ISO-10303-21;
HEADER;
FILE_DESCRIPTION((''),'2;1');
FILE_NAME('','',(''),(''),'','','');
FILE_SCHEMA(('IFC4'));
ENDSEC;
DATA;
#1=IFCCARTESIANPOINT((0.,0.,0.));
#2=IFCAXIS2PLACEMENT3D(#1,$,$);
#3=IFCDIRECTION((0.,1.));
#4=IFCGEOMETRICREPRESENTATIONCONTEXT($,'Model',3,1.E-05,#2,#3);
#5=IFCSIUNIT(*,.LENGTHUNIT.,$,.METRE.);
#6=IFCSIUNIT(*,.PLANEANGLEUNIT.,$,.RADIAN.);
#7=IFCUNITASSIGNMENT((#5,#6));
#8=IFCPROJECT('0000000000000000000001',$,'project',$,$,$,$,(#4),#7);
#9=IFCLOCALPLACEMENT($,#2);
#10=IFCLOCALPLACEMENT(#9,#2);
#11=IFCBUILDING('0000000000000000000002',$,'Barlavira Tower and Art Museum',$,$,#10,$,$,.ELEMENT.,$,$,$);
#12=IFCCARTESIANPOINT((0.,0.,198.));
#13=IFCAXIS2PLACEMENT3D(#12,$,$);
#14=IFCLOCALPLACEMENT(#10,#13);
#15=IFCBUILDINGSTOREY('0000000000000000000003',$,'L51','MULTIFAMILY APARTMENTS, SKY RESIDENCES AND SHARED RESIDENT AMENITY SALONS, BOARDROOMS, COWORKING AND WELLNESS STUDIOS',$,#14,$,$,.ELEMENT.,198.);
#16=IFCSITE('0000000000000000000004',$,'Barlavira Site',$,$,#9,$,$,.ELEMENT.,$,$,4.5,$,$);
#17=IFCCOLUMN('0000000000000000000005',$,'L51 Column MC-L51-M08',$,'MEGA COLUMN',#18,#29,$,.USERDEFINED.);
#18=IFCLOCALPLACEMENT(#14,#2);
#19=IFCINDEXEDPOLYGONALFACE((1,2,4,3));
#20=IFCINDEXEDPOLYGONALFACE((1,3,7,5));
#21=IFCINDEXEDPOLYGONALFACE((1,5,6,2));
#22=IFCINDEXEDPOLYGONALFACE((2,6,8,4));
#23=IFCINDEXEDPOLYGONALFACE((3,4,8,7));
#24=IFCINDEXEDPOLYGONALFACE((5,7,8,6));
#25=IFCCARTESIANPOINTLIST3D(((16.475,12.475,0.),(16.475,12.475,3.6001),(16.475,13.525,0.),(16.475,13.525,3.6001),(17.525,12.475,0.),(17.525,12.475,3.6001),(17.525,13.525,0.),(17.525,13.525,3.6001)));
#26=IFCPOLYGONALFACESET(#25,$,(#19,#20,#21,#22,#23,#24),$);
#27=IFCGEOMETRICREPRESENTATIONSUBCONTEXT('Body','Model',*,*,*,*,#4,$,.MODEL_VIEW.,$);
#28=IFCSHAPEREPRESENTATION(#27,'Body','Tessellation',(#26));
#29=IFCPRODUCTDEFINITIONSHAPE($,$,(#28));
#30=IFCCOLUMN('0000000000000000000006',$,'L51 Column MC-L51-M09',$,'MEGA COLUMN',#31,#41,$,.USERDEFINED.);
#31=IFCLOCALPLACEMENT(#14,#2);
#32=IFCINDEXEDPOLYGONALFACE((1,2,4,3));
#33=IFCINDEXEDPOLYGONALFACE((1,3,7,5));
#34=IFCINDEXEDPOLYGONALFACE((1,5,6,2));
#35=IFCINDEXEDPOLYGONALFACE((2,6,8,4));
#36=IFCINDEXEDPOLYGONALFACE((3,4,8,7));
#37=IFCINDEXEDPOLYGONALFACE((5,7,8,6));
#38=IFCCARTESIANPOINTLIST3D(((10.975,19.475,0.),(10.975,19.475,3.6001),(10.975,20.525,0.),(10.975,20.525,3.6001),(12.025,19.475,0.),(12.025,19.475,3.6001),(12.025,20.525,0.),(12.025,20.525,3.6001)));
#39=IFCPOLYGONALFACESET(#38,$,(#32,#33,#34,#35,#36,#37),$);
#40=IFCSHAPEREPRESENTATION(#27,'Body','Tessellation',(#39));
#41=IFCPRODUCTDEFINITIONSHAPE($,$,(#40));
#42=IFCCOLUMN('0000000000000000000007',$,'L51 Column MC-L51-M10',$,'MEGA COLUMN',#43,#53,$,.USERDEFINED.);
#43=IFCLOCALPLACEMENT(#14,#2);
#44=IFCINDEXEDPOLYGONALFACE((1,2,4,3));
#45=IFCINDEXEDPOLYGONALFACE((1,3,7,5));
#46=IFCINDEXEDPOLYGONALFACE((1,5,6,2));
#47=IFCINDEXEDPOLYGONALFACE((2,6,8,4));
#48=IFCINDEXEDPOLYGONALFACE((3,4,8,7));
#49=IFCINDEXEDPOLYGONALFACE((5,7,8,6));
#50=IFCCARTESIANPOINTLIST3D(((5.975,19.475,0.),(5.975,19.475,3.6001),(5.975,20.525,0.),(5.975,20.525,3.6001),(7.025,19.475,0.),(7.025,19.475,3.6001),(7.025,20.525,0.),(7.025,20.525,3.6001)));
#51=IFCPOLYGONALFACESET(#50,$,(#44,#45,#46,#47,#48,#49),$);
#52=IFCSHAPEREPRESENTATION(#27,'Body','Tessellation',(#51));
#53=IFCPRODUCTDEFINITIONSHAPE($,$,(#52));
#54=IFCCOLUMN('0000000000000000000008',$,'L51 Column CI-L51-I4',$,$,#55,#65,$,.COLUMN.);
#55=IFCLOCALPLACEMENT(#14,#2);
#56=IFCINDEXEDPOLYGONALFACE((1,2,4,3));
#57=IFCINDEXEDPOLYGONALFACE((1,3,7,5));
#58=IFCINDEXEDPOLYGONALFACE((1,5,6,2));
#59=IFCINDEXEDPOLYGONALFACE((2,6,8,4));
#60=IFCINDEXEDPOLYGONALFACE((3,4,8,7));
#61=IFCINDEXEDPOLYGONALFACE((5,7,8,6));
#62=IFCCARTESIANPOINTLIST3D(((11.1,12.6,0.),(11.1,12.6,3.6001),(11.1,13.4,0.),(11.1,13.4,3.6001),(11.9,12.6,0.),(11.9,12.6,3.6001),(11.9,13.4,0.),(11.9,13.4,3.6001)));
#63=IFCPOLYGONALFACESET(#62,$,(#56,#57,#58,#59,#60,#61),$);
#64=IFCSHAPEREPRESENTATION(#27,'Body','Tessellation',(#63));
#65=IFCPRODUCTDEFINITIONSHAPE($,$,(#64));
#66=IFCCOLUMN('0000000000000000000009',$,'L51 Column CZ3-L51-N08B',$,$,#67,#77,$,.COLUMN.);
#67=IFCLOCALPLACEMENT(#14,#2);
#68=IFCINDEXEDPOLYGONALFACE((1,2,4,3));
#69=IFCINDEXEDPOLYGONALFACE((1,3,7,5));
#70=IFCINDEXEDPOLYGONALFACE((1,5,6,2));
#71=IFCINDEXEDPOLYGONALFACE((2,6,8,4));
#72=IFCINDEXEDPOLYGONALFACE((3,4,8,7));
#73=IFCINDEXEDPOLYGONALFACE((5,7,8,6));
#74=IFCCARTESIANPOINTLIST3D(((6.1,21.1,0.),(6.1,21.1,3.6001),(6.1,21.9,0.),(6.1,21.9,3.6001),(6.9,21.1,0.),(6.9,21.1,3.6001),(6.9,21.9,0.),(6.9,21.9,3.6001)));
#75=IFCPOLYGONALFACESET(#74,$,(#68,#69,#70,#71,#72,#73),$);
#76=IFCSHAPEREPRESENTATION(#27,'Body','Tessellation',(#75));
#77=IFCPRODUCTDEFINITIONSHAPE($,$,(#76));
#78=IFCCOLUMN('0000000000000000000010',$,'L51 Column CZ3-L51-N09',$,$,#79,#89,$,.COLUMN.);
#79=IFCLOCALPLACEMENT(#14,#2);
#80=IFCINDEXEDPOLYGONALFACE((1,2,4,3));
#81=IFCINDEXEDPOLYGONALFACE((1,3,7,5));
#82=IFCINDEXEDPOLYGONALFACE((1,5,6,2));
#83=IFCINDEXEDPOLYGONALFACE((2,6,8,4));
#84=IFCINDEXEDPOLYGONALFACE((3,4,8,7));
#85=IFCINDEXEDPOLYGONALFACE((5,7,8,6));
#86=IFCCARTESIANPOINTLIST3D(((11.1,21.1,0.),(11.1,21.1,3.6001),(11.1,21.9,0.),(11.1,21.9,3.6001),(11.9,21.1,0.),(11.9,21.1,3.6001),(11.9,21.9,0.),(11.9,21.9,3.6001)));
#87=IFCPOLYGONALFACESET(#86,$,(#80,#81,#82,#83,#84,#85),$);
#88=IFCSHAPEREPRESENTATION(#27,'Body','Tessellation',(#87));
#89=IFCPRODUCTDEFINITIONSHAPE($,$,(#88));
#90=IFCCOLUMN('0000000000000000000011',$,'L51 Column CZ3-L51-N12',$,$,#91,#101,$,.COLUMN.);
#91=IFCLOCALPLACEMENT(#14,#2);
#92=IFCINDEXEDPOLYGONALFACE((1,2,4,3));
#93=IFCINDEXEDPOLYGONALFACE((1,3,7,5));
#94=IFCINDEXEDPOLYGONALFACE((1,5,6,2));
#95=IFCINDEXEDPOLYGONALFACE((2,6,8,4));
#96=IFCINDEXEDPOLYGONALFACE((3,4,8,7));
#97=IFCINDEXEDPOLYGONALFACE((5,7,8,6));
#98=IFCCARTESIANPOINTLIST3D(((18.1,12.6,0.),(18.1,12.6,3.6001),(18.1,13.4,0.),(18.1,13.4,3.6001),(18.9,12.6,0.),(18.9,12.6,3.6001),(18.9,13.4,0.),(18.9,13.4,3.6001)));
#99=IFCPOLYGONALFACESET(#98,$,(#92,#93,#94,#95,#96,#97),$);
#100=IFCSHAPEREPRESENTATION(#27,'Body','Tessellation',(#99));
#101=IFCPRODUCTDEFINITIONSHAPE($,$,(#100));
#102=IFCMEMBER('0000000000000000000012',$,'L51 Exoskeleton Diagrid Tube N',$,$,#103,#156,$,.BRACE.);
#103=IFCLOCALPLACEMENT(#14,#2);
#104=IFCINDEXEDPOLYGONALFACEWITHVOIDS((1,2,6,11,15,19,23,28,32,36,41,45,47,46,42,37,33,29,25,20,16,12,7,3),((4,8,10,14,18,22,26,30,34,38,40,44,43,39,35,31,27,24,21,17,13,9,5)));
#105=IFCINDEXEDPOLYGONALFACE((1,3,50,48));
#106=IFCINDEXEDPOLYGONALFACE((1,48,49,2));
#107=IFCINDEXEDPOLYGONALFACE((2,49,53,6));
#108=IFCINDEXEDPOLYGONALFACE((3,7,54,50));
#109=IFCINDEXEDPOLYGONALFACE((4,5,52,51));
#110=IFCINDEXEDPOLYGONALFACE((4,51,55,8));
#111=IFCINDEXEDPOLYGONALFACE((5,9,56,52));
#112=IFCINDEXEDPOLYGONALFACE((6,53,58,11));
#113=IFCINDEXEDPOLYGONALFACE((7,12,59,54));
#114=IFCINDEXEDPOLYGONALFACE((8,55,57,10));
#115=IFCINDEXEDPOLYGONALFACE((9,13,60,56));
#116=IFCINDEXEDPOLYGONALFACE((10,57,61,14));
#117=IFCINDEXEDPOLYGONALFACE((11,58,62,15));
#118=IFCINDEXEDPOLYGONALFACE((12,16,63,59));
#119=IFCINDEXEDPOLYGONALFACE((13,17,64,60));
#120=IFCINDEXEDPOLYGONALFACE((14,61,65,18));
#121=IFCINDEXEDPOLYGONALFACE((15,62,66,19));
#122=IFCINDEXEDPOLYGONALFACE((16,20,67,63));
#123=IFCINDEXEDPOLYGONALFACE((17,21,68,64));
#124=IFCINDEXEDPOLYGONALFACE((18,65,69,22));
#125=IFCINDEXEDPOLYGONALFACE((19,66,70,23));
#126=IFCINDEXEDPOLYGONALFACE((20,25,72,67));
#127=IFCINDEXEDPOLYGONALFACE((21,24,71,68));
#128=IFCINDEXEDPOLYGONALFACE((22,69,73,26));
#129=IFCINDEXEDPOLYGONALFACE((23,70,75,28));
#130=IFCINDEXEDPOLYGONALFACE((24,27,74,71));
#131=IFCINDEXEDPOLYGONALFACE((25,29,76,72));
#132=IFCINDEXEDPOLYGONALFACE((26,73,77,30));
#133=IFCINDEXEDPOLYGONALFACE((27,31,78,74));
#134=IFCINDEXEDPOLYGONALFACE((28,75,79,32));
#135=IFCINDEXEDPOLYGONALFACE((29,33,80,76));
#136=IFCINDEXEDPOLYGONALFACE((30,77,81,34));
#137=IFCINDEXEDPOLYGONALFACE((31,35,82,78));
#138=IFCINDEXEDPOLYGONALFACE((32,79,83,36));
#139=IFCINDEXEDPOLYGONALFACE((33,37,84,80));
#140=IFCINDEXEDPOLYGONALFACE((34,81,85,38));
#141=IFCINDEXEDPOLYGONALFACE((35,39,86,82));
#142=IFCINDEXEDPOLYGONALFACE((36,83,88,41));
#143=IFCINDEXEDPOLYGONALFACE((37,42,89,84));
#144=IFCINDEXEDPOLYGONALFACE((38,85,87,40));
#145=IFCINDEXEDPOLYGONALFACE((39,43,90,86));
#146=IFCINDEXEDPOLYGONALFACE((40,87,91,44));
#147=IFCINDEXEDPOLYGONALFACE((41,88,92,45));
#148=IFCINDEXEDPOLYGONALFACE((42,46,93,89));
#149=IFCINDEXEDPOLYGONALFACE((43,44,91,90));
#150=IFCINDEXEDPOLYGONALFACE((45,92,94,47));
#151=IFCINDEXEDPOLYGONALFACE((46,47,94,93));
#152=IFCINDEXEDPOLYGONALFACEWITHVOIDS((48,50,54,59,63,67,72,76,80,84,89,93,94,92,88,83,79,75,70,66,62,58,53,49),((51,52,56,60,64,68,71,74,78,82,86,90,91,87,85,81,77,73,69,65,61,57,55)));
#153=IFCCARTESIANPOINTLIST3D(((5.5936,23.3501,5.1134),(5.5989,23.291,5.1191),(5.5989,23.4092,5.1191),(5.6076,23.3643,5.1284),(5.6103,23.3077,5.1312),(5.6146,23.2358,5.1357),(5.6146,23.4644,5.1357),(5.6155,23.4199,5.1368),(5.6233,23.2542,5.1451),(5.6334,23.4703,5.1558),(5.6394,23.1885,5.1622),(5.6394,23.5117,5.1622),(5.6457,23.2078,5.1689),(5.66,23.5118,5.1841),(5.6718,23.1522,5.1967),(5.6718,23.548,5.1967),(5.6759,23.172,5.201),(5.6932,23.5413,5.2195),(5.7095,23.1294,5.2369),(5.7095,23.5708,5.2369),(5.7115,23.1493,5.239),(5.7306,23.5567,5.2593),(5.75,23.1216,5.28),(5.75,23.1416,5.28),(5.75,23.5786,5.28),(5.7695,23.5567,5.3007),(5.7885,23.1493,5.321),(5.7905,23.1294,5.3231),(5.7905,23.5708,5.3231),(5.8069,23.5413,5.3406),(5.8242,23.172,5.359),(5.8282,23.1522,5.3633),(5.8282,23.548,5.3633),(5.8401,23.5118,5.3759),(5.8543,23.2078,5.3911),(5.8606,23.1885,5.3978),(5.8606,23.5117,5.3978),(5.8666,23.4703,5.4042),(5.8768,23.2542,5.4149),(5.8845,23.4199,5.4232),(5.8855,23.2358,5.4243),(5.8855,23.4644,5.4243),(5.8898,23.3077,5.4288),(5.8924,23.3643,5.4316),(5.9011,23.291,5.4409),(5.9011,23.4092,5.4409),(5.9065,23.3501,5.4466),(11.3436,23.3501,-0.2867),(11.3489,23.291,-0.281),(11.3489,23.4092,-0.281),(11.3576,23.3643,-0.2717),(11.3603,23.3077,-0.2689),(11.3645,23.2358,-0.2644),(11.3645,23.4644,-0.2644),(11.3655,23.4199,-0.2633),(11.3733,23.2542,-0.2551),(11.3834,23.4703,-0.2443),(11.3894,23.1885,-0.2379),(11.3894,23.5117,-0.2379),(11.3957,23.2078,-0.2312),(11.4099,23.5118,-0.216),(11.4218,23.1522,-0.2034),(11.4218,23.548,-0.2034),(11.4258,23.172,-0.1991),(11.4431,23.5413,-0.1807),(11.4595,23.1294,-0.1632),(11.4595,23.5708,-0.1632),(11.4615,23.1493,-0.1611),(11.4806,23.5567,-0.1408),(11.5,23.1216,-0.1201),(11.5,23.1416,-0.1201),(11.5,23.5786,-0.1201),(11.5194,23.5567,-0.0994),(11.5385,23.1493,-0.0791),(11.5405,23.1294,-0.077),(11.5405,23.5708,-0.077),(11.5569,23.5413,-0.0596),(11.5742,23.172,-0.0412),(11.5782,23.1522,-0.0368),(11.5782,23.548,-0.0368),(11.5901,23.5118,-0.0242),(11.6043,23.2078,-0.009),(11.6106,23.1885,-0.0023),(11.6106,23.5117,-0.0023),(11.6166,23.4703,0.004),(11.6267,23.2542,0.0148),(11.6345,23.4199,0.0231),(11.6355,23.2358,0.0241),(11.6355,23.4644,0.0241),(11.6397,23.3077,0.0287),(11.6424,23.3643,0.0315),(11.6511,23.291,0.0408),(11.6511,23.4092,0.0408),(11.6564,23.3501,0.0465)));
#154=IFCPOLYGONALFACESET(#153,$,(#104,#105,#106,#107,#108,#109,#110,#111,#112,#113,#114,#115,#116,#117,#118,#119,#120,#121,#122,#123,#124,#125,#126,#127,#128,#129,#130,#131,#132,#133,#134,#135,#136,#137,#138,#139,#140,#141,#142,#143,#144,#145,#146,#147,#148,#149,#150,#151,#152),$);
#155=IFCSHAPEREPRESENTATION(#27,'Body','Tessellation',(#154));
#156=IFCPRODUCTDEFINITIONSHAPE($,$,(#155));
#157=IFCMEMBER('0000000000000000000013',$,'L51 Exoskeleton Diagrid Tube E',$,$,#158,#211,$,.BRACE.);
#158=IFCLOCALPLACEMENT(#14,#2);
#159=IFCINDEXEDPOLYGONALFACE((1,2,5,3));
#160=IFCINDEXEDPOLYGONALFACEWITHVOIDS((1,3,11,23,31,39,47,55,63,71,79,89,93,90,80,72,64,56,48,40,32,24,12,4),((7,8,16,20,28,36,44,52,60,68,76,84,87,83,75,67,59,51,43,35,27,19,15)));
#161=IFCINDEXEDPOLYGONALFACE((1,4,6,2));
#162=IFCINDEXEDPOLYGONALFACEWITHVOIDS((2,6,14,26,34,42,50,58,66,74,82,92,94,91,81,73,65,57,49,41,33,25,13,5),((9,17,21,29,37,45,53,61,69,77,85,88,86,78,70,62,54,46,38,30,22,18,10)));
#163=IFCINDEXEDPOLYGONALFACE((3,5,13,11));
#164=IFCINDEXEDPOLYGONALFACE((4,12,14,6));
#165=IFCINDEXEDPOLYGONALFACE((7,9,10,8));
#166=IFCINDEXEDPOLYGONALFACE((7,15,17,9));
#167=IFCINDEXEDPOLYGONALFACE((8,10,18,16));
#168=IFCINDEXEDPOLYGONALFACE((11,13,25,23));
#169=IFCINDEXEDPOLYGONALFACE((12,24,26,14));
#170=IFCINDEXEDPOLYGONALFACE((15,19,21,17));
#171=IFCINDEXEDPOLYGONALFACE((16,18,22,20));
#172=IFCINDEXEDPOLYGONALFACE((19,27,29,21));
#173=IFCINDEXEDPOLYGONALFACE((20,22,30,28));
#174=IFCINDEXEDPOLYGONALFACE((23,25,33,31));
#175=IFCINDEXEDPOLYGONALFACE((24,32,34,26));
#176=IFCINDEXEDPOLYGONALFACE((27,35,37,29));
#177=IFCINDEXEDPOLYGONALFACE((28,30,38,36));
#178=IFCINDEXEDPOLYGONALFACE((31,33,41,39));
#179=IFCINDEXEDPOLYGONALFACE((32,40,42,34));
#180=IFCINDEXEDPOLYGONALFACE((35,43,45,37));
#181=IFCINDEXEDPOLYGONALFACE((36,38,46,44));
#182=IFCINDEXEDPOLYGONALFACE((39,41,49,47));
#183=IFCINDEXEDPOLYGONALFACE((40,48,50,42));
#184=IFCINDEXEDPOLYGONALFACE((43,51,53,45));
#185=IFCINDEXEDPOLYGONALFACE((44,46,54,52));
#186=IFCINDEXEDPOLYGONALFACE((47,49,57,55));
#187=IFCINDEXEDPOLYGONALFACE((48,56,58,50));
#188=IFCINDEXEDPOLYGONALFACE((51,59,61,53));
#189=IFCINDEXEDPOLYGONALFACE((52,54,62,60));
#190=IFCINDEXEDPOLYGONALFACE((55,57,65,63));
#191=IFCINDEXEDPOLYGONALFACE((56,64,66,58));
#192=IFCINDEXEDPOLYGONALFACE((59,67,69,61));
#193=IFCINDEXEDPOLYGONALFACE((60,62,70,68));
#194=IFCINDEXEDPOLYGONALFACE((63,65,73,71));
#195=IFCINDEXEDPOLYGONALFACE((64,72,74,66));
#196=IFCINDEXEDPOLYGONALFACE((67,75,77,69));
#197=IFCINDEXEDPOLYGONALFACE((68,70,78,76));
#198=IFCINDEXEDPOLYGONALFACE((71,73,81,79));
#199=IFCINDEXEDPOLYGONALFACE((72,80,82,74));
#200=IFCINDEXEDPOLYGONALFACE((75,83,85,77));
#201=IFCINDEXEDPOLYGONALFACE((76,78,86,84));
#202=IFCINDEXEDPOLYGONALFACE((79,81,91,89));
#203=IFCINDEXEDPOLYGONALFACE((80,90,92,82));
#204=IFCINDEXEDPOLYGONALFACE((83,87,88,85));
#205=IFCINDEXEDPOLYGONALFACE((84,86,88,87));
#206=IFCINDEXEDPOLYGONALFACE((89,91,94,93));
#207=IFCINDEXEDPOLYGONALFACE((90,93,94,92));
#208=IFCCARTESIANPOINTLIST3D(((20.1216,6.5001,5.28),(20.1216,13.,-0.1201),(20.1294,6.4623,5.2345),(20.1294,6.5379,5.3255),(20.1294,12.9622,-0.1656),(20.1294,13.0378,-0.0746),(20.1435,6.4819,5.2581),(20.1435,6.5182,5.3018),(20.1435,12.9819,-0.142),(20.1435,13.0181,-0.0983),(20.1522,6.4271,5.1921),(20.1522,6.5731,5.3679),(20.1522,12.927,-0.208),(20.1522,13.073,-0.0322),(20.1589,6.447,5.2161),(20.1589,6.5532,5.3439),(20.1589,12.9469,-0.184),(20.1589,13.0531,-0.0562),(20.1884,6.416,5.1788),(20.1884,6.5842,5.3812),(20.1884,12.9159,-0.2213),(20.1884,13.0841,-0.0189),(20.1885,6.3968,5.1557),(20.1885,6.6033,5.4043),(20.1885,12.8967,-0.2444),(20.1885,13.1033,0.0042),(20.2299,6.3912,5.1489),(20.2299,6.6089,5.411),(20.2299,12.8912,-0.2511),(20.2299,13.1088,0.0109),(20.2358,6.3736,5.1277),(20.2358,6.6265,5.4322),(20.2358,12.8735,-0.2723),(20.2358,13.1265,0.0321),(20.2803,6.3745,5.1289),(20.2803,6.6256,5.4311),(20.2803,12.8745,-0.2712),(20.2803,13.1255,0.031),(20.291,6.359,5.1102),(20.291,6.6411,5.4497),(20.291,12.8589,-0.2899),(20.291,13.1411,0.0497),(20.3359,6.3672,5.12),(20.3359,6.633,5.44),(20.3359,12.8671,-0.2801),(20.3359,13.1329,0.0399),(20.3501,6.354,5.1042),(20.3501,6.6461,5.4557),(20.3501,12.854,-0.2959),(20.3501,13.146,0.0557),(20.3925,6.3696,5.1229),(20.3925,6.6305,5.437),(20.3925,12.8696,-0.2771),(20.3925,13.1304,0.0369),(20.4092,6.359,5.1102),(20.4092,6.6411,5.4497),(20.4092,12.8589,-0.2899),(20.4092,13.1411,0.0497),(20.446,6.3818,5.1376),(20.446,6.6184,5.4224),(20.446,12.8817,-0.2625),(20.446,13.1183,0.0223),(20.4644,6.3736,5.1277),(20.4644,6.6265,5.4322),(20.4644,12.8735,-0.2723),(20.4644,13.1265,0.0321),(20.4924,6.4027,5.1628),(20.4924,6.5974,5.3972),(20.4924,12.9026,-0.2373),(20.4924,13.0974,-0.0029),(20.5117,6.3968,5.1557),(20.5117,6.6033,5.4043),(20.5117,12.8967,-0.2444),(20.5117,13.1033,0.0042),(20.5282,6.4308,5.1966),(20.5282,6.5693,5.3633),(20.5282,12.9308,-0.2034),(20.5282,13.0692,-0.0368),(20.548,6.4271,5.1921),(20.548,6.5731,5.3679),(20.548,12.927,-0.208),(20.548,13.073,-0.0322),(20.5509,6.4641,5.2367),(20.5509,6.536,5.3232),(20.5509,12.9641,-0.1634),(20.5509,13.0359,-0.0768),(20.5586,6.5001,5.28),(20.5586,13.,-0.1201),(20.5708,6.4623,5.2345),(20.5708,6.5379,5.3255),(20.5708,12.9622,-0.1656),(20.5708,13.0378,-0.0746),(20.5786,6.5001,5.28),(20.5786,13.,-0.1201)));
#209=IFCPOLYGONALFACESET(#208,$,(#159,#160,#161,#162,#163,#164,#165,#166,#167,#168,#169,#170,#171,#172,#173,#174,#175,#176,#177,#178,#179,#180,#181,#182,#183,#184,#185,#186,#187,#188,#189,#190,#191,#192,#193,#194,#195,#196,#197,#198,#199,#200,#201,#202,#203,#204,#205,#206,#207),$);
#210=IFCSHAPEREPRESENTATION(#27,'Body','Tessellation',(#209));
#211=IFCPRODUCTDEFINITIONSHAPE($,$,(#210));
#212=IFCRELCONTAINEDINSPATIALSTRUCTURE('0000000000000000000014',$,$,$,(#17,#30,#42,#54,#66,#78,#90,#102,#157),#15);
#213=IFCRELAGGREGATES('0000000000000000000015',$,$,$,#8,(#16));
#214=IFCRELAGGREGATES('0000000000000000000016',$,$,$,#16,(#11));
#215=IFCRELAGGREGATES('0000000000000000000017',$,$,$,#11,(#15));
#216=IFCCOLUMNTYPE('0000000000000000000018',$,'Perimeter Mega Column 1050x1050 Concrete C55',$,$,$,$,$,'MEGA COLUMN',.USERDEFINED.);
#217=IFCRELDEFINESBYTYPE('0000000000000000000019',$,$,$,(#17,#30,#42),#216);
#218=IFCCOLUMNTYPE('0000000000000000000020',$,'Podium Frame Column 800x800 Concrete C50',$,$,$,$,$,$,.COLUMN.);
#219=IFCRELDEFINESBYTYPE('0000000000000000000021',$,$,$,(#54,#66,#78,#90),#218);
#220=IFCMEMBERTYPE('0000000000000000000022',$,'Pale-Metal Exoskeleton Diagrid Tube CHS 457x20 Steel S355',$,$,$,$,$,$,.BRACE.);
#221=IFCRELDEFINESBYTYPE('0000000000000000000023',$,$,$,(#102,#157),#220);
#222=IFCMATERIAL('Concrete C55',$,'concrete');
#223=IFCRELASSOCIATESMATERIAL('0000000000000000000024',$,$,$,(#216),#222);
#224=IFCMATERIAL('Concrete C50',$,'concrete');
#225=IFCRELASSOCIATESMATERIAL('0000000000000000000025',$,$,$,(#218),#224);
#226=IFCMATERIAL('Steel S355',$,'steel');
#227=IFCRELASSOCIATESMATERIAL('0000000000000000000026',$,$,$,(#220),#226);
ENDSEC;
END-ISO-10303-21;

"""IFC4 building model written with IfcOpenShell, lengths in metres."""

from ifc_helpers import new_model, si_unit, direction, frame, origin, origin_2d, place, context, subcontext, project, spatial, rectangle, hollow_circle, extrude, material, material_profile, profile_set, type_object, element, save


model = new_model("IFC4")

# Units and contexts
model_context = context("Model", 3, precision=1e-05, world=origin(), true_north=direction((0.0, 1.0)))
body_context = subcontext(model_context, "Body", "Model", "MODEL_VIEW")
ifc_project = project(units=[si_unit("LENGTHUNIT", "METRE"), si_unit("PLANEANGLEUNIT", "RADIAN")], contexts=[model_context])

# Site, building, storey
site_placement = place(None, origin())
site = spatial("IfcSite", under=ifc_project, at=site_placement, Name="Barlavira Site", CompositionType="ELEMENT", RefElevation=4.5)
building_placement = place(site_placement, origin())
building = spatial("IfcBuilding", under=site, at=building_placement, Name="Barlavira Tower and Art Museum", CompositionType="ELEMENT")
storey_placement = place(building_placement, frame((0.0, 0.0, 198.0)))
storey = spatial("IfcBuildingStorey", under=building, at=storey_placement, Name="L51", Description="MULTIFAMILY APARTMENTS, SKY RESIDENCES AND SHARED RESIDENT AMENITY SALONS, BOARDROOMS, COWORKING AND WELLNESS STUDIOS", CompositionType="ELEMENT", Elevation=198.0)

# Columns
ifc_material_1 = material(Name="Concrete C55", Category="concrete")
ifc_material_profile_1 = material_profile(ifc_material_1, rectangle(XDim=1.05, YDim=1.05, at=origin_2d()), Name="RC-COL 1050x1050")
ifc_profile_set_1 = profile_set([ifc_material_profile_1], Name="Concrete C55")
column_type_1 = type_object("IfcColumnType", Name="Perimeter Mega Column 1050x1050 Concrete C55", ElementType="MEGA COLUMN", PredefinedType="USERDEFINED", material=ifc_profile_set_1)
for number, where, z_axis, x_axis, name in (
    (1, (17.0, 13.0, 0.0), (0.0, 0.0, 1.0), (1.0, 0.0, 0.0), "L51 Column MC-L51-M08"),
    (2, (11.5, 20.0, 0.0), (0.0, 0.0, 1.0), (1.0, 0.0, 0.0), "L51 Column MC-L51-M09"),
    (3, (6.5, 20.0, 0.0), (0.0, 0.0, 1.0), (1.0, 0.0, 0.0), "L51 Column MC-L51-M10"),
):
    element("IfcColumn", number, at=place(storey_placement, frame(where, z_axis=z_axis, x_axis=x_axis)), inside=storey, type_object=column_type_1, Name=name, ObjectType="MEGA COLUMN", PredefinedType="USERDEFINED", context=body_context, shape_type="SweptSolid", body=[
        extrude(rectangle(XDim=1.05, YDim=1.05, at=origin_2d()), origin(), (0.0, 0.0, 1.0), 3.6001),
    ])
ifc_material_2 = material(Name="Concrete C50", Category="concrete")
ifc_material_profile_2 = material_profile(ifc_material_2, rectangle(XDim=0.8, YDim=0.8, at=origin_2d()), Name="RC-COL 800x800")
ifc_profile_set_2 = profile_set([ifc_material_profile_2], Name="Concrete C50")
column_type_2 = type_object("IfcColumnType", Name="Podium Frame Column 800x800 Concrete C50", PredefinedType="COLUMN", material=ifc_profile_set_2)
for number, where, z_axis, x_axis, name in (
    (4, (11.5, 13.0, 0.0), (0.0, 0.0, 1.0), (1.0, 0.0, 0.0), "L51 Column CI-L51-I4"),
    (5, (6.5, 21.5, 0.0), (0.0, 0.0, 1.0), (1.0, 0.0, 0.0), "L51 Column CZ3-L51-N08B"),
    (6, (11.5, 21.5, 0.0), (0.0, 0.0, 1.0), (1.0, 0.0, 0.0), "L51 Column CZ3-L51-N09"),
    (7, (18.5, 13.0, 0.0), (0.0, 0.0, 1.0), (1.0, 0.0, 0.0), "L51 Column CZ3-L51-N12"),
):
    element("IfcColumn", number, at=place(storey_placement, frame(where, z_axis=z_axis, x_axis=x_axis)), inside=storey, type_object=column_type_2, Name=name, PredefinedType="COLUMN", context=body_context, shape_type="SweptSolid", body=[
        extrude(rectangle(XDim=0.8, YDim=0.8, at=origin_2d()), origin(), (0.0, 0.0, 1.0), 3.6001),
    ])

# Members
ifc_material_3 = material(Name="Steel S355", Category="steel")
ifc_material_profile_3 = material_profile(ifc_material_3, hollow_circle(Radius=0.2285, WallThickness=0.02, at=origin_2d()), Name="CHS 457.0x20.0")
ifc_profile_set_3 = profile_set([ifc_material_profile_3], Name="Steel S355")
member_type_1 = type_object("IfcMemberType", Name="Pale-Metal Exoskeleton Diagrid Tube CHS 457x20 Steel S355", PredefinedType="BRACE", material=ifc_profile_set_3)
member_1_placement = place(storey_placement, frame((11.5, 23.3501, -0.1201), z_axis=(-0.728935, 0.0, 0.684583), x_axis=(0.0, -1.0, 0.0)))
element("IfcMember", 8, at=member_1_placement, inside=storey, type_object=member_type_1, Name="L51 Exoskeleton Diagrid Tube N", PredefinedType="BRACE", context=body_context, shape_type="SweptSolid", body=[
    extrude(hollow_circle(Radius=0.2285, WallThickness=0.02, at=origin_2d()), origin(), (0.0, 0.0, 1.0), 7.8882),
])
member_2_placement = place(storey_placement, frame((20.3501, 13.0, -0.1201), z_axis=(0.0, -0.769182, 0.63903), x_axis=(1.0, 0.0, 0.0)))
element("IfcMember", 9, at=member_2_placement, inside=storey, type_object=member_type_1, Name="L51 Exoskeleton Diagrid Tube E", PredefinedType="BRACE", context=body_context, shape_type="SweptSolid", body=[
    extrude(hollow_circle(Radius=0.2285, WallThickness=0.02, at=origin_2d()), origin(), (0.0, 0.0, 1.0), 8.4504),
])

save(model, "model.ifc")
